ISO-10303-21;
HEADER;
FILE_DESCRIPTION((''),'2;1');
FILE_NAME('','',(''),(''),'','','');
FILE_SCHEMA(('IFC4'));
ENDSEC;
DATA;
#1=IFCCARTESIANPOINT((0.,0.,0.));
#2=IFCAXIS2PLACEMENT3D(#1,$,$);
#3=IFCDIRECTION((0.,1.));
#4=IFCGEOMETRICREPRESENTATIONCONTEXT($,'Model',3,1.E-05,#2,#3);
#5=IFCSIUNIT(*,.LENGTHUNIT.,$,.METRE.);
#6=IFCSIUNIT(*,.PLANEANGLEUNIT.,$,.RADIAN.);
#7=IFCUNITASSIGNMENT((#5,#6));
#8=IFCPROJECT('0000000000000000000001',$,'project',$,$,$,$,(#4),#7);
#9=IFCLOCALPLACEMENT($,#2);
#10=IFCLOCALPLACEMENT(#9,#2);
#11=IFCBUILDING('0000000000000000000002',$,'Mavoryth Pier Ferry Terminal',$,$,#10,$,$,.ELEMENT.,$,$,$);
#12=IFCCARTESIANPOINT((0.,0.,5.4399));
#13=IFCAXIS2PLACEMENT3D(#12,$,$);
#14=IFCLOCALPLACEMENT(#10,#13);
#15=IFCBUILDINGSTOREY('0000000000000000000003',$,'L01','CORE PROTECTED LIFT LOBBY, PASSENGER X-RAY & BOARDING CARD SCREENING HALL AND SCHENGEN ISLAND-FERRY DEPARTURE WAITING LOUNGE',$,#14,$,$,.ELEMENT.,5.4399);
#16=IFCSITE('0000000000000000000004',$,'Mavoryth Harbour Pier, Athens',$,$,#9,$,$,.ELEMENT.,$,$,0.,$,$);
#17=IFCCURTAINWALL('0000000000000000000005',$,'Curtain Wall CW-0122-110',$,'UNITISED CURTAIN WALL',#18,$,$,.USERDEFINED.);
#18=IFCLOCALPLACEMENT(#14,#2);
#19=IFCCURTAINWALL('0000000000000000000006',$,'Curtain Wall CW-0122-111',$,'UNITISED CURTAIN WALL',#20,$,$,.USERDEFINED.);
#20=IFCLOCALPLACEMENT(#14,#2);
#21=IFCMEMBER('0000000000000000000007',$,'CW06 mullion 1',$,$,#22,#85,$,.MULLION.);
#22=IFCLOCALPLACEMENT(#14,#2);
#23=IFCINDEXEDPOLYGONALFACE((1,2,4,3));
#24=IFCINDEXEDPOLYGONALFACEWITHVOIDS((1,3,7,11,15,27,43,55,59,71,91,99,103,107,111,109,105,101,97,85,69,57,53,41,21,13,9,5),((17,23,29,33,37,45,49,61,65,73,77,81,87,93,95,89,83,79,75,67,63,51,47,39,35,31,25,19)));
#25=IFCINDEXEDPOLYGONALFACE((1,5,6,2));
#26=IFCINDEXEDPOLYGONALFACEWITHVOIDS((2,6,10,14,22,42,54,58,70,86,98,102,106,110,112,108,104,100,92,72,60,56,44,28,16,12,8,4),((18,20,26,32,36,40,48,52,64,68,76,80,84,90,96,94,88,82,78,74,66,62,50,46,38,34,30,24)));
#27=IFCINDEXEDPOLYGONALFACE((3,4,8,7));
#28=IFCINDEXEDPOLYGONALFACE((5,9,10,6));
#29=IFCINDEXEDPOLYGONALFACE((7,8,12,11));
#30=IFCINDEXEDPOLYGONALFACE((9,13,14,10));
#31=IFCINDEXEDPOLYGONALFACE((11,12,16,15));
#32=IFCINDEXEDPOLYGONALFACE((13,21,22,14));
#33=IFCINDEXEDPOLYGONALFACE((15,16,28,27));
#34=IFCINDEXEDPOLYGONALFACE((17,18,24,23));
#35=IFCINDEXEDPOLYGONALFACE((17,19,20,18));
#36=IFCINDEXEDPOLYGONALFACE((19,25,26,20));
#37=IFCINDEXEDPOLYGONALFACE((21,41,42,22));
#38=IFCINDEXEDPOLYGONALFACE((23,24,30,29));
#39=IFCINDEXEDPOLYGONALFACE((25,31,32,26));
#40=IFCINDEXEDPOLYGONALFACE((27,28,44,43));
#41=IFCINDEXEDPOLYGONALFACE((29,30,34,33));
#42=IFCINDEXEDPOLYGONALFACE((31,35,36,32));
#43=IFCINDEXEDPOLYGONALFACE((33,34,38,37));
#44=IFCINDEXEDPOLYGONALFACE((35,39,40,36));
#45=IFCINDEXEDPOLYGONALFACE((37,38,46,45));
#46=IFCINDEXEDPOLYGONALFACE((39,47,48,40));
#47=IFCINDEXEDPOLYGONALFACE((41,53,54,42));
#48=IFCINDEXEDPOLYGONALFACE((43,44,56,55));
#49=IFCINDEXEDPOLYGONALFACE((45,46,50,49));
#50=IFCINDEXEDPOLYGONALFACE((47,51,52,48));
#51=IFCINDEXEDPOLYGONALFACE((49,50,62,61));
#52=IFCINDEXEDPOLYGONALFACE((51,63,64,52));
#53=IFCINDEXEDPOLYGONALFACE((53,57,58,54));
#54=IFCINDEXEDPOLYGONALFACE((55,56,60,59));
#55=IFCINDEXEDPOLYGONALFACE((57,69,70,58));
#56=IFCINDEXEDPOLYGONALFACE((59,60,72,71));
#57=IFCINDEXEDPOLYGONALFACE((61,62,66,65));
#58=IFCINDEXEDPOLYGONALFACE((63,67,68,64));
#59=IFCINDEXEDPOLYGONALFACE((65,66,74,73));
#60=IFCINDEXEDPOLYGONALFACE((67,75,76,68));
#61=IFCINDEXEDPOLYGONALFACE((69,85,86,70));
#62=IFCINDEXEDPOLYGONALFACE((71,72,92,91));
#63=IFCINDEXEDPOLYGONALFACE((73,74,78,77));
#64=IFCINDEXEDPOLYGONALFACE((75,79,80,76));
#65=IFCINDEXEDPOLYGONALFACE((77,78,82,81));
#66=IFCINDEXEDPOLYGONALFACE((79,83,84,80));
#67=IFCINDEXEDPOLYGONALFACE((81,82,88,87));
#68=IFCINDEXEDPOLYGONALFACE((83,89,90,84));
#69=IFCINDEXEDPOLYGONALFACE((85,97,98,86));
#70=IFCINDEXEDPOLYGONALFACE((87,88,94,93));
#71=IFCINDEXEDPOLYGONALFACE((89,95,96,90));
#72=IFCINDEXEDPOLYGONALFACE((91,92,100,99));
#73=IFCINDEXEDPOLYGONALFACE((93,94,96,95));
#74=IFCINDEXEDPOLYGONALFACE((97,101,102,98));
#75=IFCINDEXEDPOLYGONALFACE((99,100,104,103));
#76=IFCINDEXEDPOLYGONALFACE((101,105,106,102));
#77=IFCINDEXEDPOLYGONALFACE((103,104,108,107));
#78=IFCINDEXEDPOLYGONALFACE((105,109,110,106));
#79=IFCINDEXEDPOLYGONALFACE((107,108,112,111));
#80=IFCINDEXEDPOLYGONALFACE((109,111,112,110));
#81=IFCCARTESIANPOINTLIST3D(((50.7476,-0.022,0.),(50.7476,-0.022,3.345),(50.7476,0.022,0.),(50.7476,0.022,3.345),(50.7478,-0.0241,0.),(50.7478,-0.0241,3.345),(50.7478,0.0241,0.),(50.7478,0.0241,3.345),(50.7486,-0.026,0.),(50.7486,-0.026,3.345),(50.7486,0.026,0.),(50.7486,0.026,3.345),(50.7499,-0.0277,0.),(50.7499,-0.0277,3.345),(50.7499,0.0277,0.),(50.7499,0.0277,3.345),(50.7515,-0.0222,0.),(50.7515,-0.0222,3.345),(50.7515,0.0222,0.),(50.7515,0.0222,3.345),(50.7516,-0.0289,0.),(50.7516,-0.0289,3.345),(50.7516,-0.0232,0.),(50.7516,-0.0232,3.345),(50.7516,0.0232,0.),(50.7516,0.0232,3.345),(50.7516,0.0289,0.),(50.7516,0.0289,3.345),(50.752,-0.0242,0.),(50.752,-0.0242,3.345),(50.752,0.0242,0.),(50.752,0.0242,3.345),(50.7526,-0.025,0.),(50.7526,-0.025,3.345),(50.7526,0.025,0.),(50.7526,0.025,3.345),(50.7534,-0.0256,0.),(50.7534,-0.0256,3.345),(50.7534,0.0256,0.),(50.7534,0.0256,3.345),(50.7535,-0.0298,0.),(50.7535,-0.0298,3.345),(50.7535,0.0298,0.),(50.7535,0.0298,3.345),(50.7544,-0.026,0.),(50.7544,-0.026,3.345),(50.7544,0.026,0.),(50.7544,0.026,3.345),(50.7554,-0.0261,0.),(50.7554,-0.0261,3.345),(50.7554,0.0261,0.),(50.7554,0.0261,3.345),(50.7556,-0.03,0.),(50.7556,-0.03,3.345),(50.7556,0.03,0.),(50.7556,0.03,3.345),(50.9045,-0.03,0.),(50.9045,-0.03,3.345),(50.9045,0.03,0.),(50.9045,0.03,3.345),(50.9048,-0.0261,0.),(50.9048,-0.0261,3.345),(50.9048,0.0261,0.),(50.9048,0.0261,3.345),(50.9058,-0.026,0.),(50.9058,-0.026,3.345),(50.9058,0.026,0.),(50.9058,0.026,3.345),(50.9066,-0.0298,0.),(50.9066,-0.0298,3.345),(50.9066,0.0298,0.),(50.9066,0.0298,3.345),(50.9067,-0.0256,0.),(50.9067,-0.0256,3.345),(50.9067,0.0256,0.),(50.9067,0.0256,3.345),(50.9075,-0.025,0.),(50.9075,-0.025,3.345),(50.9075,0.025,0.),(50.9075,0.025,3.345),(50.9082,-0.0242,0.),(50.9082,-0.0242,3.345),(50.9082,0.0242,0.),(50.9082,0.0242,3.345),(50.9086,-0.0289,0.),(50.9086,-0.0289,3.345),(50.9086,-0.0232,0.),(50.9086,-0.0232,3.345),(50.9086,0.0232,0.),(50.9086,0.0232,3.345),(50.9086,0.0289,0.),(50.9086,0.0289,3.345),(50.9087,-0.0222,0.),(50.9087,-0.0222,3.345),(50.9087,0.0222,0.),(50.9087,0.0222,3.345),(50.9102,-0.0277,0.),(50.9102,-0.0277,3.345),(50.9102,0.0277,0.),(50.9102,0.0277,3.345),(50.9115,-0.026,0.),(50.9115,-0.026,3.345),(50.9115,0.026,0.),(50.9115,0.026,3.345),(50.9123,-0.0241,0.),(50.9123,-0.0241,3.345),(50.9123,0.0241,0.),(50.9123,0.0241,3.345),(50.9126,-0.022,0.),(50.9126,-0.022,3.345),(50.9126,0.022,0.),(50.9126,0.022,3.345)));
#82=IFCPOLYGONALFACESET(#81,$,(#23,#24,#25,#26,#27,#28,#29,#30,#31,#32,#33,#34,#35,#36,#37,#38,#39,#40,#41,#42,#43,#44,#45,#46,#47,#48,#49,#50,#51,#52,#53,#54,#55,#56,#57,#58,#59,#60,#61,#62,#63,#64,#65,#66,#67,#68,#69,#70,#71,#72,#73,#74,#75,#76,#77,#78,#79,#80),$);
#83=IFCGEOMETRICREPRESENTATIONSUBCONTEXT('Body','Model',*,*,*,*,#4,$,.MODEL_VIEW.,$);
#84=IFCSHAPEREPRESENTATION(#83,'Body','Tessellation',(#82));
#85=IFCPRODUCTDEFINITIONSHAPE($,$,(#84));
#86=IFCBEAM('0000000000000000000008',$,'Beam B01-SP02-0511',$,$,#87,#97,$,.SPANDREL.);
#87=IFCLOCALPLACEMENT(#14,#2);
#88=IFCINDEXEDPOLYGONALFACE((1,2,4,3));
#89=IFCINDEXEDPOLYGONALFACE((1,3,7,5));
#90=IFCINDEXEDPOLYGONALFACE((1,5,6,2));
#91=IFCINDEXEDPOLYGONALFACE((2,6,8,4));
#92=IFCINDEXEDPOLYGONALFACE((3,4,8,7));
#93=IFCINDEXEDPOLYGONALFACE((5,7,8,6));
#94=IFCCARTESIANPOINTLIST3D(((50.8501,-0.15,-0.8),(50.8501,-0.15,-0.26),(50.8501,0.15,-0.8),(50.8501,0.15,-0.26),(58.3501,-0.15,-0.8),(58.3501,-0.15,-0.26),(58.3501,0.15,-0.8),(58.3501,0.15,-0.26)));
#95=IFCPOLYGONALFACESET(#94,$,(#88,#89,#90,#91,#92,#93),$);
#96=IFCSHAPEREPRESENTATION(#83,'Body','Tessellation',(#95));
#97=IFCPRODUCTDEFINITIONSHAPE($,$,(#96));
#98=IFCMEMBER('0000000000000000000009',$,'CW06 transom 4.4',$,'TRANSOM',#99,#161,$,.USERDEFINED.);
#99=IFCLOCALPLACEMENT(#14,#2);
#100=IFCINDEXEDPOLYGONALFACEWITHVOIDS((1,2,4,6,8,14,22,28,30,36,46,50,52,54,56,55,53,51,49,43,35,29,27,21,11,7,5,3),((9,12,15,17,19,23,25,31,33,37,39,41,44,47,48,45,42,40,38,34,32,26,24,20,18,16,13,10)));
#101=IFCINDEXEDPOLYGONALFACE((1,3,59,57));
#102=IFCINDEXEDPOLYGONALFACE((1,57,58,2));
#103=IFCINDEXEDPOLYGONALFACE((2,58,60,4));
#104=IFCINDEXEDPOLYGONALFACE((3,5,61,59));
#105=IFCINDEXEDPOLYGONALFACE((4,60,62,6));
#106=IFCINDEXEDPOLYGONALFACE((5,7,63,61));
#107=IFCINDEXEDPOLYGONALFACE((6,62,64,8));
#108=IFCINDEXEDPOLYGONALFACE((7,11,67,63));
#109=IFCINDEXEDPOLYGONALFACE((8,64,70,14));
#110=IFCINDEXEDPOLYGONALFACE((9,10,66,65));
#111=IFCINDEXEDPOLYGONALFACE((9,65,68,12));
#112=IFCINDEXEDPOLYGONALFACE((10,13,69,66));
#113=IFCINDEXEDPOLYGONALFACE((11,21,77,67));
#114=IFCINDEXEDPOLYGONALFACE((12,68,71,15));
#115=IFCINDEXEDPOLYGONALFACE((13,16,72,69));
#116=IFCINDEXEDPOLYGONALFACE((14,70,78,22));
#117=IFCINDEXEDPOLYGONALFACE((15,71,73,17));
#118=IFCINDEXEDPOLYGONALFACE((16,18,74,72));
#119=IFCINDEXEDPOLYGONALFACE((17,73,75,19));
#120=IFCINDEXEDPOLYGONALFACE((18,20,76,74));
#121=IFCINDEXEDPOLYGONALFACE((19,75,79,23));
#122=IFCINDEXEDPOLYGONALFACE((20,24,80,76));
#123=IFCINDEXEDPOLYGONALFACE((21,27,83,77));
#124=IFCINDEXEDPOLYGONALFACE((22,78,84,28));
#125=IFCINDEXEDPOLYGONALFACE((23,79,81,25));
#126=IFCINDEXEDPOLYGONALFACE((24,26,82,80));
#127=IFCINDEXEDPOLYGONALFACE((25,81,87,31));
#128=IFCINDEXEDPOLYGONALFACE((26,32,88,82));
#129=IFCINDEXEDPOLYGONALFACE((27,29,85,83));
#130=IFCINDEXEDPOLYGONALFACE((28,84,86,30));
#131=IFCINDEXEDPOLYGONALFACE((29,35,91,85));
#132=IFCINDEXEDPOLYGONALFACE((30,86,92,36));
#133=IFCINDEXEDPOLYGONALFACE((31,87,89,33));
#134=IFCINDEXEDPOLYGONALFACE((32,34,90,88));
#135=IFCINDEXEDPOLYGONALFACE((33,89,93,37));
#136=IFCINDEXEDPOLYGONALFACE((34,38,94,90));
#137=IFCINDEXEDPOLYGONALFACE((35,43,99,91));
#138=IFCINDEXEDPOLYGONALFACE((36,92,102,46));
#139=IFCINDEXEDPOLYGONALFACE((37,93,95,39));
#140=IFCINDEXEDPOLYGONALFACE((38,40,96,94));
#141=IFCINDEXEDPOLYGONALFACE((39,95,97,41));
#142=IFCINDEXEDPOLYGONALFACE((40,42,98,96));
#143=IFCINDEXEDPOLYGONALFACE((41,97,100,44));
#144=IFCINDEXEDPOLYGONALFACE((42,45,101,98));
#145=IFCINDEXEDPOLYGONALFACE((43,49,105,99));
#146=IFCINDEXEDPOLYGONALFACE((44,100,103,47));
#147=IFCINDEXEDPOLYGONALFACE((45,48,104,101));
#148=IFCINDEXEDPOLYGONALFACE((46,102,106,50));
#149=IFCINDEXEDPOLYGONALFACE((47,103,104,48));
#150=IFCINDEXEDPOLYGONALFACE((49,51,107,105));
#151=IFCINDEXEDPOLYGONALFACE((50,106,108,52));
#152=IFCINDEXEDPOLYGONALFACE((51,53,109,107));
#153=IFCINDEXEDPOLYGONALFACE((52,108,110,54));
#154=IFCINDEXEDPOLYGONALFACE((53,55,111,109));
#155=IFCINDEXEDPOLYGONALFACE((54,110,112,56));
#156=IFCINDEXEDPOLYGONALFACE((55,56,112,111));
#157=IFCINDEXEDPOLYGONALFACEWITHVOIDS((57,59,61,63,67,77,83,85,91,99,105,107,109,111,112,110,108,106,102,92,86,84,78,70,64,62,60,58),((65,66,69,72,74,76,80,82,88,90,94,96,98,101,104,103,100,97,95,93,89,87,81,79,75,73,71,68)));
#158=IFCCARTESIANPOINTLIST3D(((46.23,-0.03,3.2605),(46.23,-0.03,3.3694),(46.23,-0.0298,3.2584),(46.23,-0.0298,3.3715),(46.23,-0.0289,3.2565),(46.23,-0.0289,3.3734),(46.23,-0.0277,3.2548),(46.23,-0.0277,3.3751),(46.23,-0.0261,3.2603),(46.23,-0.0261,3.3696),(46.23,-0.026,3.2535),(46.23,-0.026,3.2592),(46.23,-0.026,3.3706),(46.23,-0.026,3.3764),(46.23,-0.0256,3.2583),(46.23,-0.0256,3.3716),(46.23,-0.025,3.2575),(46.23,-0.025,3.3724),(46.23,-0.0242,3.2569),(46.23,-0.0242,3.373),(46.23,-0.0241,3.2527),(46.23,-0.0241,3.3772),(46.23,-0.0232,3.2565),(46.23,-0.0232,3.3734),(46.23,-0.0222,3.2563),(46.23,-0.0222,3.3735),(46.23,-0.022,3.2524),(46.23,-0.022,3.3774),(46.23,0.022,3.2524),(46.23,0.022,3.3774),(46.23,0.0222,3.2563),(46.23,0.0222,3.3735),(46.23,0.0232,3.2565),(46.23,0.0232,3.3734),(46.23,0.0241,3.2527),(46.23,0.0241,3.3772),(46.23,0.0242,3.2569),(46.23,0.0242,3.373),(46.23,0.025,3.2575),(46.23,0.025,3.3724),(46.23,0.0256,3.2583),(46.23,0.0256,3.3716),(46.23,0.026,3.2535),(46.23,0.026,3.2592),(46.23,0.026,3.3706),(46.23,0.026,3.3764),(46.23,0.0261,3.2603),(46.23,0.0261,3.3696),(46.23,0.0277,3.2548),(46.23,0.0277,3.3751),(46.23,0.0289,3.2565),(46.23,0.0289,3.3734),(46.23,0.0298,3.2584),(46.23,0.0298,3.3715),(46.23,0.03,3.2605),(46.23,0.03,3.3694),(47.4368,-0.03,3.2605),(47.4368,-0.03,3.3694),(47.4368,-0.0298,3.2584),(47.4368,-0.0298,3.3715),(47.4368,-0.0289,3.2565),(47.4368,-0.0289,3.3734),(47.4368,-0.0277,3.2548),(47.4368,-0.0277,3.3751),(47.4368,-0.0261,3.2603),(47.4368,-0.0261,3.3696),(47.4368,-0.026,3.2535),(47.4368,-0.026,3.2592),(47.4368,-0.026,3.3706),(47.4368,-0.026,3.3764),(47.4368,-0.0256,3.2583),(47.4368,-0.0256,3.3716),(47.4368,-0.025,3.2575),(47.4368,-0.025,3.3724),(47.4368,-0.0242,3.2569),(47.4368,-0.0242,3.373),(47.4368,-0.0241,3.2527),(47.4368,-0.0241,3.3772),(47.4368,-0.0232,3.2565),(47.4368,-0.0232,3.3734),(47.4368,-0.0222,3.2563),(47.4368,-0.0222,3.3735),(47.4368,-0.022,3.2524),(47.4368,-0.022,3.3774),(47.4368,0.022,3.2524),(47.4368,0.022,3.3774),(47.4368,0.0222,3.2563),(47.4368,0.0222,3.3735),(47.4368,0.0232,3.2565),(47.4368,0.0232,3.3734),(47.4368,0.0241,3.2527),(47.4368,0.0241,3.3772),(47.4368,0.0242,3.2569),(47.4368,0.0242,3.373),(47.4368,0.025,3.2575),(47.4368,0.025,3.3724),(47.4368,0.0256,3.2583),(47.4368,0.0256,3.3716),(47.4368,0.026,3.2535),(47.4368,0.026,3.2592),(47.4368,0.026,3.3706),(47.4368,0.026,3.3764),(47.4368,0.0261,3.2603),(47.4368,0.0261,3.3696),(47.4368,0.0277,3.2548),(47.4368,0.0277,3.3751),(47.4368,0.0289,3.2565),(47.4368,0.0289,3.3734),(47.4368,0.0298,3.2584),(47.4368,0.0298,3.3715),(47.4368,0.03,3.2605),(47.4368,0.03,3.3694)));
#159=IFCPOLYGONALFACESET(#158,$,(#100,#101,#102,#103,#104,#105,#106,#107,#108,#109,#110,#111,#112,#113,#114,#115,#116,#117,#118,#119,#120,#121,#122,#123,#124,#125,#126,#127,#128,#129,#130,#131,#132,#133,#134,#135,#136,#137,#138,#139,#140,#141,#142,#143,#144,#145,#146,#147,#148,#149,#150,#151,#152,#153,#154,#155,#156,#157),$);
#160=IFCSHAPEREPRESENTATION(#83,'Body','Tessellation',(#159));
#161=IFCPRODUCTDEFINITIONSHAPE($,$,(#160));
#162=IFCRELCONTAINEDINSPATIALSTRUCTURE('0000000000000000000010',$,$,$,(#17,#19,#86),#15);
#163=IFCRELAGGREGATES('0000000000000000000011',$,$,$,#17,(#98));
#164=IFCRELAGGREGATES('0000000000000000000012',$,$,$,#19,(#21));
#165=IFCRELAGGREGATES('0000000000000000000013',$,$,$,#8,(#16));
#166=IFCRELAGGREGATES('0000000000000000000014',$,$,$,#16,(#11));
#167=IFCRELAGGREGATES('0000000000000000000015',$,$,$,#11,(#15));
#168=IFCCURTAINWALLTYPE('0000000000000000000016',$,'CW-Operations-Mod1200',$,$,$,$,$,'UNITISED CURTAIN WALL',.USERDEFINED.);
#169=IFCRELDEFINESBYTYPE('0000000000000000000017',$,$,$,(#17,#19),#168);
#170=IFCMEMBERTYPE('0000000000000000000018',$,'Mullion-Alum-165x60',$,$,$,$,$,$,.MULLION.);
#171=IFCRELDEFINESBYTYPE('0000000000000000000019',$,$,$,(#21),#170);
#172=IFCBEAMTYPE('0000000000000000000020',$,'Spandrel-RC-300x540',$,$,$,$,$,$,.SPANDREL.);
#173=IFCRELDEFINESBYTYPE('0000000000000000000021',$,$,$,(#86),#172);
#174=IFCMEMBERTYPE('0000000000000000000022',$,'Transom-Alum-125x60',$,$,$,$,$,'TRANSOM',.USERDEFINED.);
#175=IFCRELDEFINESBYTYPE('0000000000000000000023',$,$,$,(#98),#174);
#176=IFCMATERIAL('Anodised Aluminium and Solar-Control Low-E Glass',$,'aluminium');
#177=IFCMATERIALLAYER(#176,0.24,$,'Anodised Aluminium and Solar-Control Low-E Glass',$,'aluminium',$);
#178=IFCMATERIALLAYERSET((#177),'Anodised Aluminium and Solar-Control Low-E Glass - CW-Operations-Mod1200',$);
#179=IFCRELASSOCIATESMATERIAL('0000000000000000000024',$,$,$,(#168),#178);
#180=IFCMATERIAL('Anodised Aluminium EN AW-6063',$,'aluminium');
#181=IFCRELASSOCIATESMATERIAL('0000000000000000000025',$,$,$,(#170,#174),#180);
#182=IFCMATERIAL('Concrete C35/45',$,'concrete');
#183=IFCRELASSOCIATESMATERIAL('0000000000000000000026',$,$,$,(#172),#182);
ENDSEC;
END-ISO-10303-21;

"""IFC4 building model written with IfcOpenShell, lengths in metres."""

from ifc_helpers import new_model, si_unit, direction, frame, origin, origin_2d, place, context, subcontext, project, spatial, rectangle, hollow_rectangle, extrude, material, layer, layer_set, material_profile, profile_set, type_object, element, aggregate, save


model = new_model("IFC4")

# Units and contexts
model_context = context("Model", 3, precision=1e-05, world=origin(), true_north=direction((0.0, 1.0)))
body_context = subcontext(model_context, "Body", "Model", "MODEL_VIEW")
ifc_project = project(units=[si_unit("LENGTHUNIT", "METRE"), si_unit("PLANEANGLEUNIT", "RADIAN")], contexts=[model_context])

# Site, building, storey
site_placement = place(None, origin())
site = spatial("IfcSite", under=ifc_project, at=site_placement, Name="Mavoryth Harbour Pier, Athens", CompositionType="ELEMENT", RefElevation=0.0)
building_placement = place(site_placement, origin())
building = spatial("IfcBuilding", under=site, at=building_placement, Name="Mavoryth Pier Ferry Terminal", CompositionType="ELEMENT")
storey_placement = place(building_placement, frame((0.0, 0.0, 5.4399)))
storey = spatial("IfcBuildingStorey", under=building, at=storey_placement, Name="L01", Description="CORE PROTECTED LIFT LOBBY, PASSENGER X-RAY & BOARDING CARD SCREENING HALL AND SCHENGEN ISLAND-FERRY DEPARTURE WAITING LOUNGE", CompositionType="ELEMENT", Elevation=5.4399)

# Shared definitions
ifc_material_1 = material(Name="Concrete C35/45", Category="concrete")

# Curtain wall
ifc_material_2 = material(Name="Anodised Aluminium and Solar-Control Low-E Glass", Category="aluminium")
ifc_layer_1 = layer(ifc_material_2, 0.24, Name="Anodised Aluminium and Solar-Control Low-E Glass", Category="aluminium")
ifc_layer_set_1 = layer_set([ifc_layer_1], Name="Anodised Aluminium and Solar-Control Low-E Glass - CW-Operations-Mod1200")
curtain_wall_type = type_object("IfcCurtainWallType", Name="CW-Operations-Mod1200", ElementType="UNITISED CURTAIN WALL", PredefinedType="USERDEFINED", material=ifc_layer_set_1)
curtain_wall_1_placement = place(storey_placement, origin())
curtain_wall_1 = element("IfcCurtainWall", 1, at=curtain_wall_1_placement, inside=storey, type_object=curtain_wall_type, Name="Curtain Wall CW-0122-110", ObjectType="UNITISED CURTAIN WALL", PredefinedType="USERDEFINED")
ifc_material_3 = material(Name="Anodised Aluminium EN AW-6063", Category="aluminium")
ifc_material_profile_1 = material_profile(ifc_material_3, hollow_rectangle(XDim=0.0601, YDim=0.165, WallThickness=0.0039, InnerFilletRadius=0.0039, OuterFilletRadius=0.0081, at=origin_2d()), Name="AL-MULL 165x60x4", Category="aluminium")
ifc_profile_set_1 = profile_set([ifc_material_profile_1], Name="Anodised Aluminium EN AW-6063 - AL-MULL 165x60x4")
member_type_1 = type_object("IfcMemberType", Name="Mullion-Alum-165x60", PredefinedType="MULLION", material=ifc_profile_set_1)

# Curtain wall, member
curtain_wall_2_placement = place(storey_placement, origin())
curtain_wall_2 = element("IfcCurtainWall", 2, at=curtain_wall_2_placement, inside=storey, type_object=curtain_wall_type, Name="Curtain Wall CW-0122-111", ObjectType="UNITISED CURTAIN WALL", PredefinedType="USERDEFINED")
member_1_placement = place(storey_placement, frame((50.8301, 0.0, 0.0), z_axis=(0.0, 0.0, 1.0), x_axis=(0.0, 1.0, 0.0)))
member_1 = element("IfcMember", 3, at=member_1_placement, type_object=member_type_1, Name="CW06 mullion 1", PredefinedType="MULLION", context=body_context, shape_type="SweptSolid", body=[
    extrude(hollow_rectangle(XDim=0.0601, YDim=0.165, WallThickness=0.0039, InnerFilletRadius=0.0039, OuterFilletRadius=0.0081, at=origin_2d()), origin(), (0.0, 0.0, 1.0), 3.345),
])

# Beam
ifc_material_profile_2 = material_profile(ifc_material_1, rectangle(XDim=0.3, YDim=0.54, at=origin_2d()), Name="RC 300x540", Category="concrete")
ifc_profile_set_2 = profile_set([ifc_material_profile_2], Name="Concrete C35/45 - RC 300x540")
beam_type_1 = type_object("IfcBeamType", Name="Spandrel-RC-300x540", PredefinedType="SPANDREL", material=ifc_profile_set_2)
beam_1_placement = place(storey_placement, frame((50.8501, 0.0, -0.53), z_axis=(1.0, 0.0, 0.0), x_axis=(0.0, 1.0, 0.0)))
element("IfcBeam", 4, at=beam_1_placement, inside=storey, type_object=beam_type_1, Name="Beam B01-SP02-0511", PredefinedType="SPANDREL", context=body_context, shape_type="SweptSolid", body=[
    extrude(rectangle(XDim=0.3, YDim=0.54, at=origin_2d()), origin(), (0.0, 0.0, 1.0), 7.5),
])

# Member
ifc_material_profile_3 = material_profile(ifc_material_3, hollow_rectangle(XDim=0.0601, YDim=0.125, WallThickness=0.0039, InnerFilletRadius=0.0039, OuterFilletRadius=0.0081, at=origin_2d()), Name="AL-TRAN 125x60x4", Category="aluminium")
ifc_profile_set_3 = profile_set([ifc_material_profile_3], Name="Anodised Aluminium EN AW-6063 - AL-TRAN 125x60x4")
member_type_2 = type_object("IfcMemberType", Name="Transom-Alum-125x60", ElementType="TRANSOM", PredefinedType="USERDEFINED", material=ifc_profile_set_3)
member_2_placement = place(storey_placement, frame((46.23, 0.0, 3.3149), z_axis=(1.0, 0.0, 0.0), x_axis=(0.0, 1.0, 0.0)))
member_2 = element("IfcMember", 5, at=member_2_placement, type_object=member_type_2, Name="CW06 transom 4.4", ObjectType="TRANSOM", PredefinedType="USERDEFINED", context=body_context, shape_type="SweptSolid", body=[
    extrude(hollow_rectangle(XDim=0.0601, YDim=0.125, WallThickness=0.0039, InnerFilletRadius=0.0039, OuterFilletRadius=0.0081, at=origin_2d()), origin(), (0.0, 0.0, 1.0), 1.2068),
])

aggregate(curtain_wall_1, [member_2])
aggregate(curtain_wall_2, [member_1])

save(model, "model.ifc")
